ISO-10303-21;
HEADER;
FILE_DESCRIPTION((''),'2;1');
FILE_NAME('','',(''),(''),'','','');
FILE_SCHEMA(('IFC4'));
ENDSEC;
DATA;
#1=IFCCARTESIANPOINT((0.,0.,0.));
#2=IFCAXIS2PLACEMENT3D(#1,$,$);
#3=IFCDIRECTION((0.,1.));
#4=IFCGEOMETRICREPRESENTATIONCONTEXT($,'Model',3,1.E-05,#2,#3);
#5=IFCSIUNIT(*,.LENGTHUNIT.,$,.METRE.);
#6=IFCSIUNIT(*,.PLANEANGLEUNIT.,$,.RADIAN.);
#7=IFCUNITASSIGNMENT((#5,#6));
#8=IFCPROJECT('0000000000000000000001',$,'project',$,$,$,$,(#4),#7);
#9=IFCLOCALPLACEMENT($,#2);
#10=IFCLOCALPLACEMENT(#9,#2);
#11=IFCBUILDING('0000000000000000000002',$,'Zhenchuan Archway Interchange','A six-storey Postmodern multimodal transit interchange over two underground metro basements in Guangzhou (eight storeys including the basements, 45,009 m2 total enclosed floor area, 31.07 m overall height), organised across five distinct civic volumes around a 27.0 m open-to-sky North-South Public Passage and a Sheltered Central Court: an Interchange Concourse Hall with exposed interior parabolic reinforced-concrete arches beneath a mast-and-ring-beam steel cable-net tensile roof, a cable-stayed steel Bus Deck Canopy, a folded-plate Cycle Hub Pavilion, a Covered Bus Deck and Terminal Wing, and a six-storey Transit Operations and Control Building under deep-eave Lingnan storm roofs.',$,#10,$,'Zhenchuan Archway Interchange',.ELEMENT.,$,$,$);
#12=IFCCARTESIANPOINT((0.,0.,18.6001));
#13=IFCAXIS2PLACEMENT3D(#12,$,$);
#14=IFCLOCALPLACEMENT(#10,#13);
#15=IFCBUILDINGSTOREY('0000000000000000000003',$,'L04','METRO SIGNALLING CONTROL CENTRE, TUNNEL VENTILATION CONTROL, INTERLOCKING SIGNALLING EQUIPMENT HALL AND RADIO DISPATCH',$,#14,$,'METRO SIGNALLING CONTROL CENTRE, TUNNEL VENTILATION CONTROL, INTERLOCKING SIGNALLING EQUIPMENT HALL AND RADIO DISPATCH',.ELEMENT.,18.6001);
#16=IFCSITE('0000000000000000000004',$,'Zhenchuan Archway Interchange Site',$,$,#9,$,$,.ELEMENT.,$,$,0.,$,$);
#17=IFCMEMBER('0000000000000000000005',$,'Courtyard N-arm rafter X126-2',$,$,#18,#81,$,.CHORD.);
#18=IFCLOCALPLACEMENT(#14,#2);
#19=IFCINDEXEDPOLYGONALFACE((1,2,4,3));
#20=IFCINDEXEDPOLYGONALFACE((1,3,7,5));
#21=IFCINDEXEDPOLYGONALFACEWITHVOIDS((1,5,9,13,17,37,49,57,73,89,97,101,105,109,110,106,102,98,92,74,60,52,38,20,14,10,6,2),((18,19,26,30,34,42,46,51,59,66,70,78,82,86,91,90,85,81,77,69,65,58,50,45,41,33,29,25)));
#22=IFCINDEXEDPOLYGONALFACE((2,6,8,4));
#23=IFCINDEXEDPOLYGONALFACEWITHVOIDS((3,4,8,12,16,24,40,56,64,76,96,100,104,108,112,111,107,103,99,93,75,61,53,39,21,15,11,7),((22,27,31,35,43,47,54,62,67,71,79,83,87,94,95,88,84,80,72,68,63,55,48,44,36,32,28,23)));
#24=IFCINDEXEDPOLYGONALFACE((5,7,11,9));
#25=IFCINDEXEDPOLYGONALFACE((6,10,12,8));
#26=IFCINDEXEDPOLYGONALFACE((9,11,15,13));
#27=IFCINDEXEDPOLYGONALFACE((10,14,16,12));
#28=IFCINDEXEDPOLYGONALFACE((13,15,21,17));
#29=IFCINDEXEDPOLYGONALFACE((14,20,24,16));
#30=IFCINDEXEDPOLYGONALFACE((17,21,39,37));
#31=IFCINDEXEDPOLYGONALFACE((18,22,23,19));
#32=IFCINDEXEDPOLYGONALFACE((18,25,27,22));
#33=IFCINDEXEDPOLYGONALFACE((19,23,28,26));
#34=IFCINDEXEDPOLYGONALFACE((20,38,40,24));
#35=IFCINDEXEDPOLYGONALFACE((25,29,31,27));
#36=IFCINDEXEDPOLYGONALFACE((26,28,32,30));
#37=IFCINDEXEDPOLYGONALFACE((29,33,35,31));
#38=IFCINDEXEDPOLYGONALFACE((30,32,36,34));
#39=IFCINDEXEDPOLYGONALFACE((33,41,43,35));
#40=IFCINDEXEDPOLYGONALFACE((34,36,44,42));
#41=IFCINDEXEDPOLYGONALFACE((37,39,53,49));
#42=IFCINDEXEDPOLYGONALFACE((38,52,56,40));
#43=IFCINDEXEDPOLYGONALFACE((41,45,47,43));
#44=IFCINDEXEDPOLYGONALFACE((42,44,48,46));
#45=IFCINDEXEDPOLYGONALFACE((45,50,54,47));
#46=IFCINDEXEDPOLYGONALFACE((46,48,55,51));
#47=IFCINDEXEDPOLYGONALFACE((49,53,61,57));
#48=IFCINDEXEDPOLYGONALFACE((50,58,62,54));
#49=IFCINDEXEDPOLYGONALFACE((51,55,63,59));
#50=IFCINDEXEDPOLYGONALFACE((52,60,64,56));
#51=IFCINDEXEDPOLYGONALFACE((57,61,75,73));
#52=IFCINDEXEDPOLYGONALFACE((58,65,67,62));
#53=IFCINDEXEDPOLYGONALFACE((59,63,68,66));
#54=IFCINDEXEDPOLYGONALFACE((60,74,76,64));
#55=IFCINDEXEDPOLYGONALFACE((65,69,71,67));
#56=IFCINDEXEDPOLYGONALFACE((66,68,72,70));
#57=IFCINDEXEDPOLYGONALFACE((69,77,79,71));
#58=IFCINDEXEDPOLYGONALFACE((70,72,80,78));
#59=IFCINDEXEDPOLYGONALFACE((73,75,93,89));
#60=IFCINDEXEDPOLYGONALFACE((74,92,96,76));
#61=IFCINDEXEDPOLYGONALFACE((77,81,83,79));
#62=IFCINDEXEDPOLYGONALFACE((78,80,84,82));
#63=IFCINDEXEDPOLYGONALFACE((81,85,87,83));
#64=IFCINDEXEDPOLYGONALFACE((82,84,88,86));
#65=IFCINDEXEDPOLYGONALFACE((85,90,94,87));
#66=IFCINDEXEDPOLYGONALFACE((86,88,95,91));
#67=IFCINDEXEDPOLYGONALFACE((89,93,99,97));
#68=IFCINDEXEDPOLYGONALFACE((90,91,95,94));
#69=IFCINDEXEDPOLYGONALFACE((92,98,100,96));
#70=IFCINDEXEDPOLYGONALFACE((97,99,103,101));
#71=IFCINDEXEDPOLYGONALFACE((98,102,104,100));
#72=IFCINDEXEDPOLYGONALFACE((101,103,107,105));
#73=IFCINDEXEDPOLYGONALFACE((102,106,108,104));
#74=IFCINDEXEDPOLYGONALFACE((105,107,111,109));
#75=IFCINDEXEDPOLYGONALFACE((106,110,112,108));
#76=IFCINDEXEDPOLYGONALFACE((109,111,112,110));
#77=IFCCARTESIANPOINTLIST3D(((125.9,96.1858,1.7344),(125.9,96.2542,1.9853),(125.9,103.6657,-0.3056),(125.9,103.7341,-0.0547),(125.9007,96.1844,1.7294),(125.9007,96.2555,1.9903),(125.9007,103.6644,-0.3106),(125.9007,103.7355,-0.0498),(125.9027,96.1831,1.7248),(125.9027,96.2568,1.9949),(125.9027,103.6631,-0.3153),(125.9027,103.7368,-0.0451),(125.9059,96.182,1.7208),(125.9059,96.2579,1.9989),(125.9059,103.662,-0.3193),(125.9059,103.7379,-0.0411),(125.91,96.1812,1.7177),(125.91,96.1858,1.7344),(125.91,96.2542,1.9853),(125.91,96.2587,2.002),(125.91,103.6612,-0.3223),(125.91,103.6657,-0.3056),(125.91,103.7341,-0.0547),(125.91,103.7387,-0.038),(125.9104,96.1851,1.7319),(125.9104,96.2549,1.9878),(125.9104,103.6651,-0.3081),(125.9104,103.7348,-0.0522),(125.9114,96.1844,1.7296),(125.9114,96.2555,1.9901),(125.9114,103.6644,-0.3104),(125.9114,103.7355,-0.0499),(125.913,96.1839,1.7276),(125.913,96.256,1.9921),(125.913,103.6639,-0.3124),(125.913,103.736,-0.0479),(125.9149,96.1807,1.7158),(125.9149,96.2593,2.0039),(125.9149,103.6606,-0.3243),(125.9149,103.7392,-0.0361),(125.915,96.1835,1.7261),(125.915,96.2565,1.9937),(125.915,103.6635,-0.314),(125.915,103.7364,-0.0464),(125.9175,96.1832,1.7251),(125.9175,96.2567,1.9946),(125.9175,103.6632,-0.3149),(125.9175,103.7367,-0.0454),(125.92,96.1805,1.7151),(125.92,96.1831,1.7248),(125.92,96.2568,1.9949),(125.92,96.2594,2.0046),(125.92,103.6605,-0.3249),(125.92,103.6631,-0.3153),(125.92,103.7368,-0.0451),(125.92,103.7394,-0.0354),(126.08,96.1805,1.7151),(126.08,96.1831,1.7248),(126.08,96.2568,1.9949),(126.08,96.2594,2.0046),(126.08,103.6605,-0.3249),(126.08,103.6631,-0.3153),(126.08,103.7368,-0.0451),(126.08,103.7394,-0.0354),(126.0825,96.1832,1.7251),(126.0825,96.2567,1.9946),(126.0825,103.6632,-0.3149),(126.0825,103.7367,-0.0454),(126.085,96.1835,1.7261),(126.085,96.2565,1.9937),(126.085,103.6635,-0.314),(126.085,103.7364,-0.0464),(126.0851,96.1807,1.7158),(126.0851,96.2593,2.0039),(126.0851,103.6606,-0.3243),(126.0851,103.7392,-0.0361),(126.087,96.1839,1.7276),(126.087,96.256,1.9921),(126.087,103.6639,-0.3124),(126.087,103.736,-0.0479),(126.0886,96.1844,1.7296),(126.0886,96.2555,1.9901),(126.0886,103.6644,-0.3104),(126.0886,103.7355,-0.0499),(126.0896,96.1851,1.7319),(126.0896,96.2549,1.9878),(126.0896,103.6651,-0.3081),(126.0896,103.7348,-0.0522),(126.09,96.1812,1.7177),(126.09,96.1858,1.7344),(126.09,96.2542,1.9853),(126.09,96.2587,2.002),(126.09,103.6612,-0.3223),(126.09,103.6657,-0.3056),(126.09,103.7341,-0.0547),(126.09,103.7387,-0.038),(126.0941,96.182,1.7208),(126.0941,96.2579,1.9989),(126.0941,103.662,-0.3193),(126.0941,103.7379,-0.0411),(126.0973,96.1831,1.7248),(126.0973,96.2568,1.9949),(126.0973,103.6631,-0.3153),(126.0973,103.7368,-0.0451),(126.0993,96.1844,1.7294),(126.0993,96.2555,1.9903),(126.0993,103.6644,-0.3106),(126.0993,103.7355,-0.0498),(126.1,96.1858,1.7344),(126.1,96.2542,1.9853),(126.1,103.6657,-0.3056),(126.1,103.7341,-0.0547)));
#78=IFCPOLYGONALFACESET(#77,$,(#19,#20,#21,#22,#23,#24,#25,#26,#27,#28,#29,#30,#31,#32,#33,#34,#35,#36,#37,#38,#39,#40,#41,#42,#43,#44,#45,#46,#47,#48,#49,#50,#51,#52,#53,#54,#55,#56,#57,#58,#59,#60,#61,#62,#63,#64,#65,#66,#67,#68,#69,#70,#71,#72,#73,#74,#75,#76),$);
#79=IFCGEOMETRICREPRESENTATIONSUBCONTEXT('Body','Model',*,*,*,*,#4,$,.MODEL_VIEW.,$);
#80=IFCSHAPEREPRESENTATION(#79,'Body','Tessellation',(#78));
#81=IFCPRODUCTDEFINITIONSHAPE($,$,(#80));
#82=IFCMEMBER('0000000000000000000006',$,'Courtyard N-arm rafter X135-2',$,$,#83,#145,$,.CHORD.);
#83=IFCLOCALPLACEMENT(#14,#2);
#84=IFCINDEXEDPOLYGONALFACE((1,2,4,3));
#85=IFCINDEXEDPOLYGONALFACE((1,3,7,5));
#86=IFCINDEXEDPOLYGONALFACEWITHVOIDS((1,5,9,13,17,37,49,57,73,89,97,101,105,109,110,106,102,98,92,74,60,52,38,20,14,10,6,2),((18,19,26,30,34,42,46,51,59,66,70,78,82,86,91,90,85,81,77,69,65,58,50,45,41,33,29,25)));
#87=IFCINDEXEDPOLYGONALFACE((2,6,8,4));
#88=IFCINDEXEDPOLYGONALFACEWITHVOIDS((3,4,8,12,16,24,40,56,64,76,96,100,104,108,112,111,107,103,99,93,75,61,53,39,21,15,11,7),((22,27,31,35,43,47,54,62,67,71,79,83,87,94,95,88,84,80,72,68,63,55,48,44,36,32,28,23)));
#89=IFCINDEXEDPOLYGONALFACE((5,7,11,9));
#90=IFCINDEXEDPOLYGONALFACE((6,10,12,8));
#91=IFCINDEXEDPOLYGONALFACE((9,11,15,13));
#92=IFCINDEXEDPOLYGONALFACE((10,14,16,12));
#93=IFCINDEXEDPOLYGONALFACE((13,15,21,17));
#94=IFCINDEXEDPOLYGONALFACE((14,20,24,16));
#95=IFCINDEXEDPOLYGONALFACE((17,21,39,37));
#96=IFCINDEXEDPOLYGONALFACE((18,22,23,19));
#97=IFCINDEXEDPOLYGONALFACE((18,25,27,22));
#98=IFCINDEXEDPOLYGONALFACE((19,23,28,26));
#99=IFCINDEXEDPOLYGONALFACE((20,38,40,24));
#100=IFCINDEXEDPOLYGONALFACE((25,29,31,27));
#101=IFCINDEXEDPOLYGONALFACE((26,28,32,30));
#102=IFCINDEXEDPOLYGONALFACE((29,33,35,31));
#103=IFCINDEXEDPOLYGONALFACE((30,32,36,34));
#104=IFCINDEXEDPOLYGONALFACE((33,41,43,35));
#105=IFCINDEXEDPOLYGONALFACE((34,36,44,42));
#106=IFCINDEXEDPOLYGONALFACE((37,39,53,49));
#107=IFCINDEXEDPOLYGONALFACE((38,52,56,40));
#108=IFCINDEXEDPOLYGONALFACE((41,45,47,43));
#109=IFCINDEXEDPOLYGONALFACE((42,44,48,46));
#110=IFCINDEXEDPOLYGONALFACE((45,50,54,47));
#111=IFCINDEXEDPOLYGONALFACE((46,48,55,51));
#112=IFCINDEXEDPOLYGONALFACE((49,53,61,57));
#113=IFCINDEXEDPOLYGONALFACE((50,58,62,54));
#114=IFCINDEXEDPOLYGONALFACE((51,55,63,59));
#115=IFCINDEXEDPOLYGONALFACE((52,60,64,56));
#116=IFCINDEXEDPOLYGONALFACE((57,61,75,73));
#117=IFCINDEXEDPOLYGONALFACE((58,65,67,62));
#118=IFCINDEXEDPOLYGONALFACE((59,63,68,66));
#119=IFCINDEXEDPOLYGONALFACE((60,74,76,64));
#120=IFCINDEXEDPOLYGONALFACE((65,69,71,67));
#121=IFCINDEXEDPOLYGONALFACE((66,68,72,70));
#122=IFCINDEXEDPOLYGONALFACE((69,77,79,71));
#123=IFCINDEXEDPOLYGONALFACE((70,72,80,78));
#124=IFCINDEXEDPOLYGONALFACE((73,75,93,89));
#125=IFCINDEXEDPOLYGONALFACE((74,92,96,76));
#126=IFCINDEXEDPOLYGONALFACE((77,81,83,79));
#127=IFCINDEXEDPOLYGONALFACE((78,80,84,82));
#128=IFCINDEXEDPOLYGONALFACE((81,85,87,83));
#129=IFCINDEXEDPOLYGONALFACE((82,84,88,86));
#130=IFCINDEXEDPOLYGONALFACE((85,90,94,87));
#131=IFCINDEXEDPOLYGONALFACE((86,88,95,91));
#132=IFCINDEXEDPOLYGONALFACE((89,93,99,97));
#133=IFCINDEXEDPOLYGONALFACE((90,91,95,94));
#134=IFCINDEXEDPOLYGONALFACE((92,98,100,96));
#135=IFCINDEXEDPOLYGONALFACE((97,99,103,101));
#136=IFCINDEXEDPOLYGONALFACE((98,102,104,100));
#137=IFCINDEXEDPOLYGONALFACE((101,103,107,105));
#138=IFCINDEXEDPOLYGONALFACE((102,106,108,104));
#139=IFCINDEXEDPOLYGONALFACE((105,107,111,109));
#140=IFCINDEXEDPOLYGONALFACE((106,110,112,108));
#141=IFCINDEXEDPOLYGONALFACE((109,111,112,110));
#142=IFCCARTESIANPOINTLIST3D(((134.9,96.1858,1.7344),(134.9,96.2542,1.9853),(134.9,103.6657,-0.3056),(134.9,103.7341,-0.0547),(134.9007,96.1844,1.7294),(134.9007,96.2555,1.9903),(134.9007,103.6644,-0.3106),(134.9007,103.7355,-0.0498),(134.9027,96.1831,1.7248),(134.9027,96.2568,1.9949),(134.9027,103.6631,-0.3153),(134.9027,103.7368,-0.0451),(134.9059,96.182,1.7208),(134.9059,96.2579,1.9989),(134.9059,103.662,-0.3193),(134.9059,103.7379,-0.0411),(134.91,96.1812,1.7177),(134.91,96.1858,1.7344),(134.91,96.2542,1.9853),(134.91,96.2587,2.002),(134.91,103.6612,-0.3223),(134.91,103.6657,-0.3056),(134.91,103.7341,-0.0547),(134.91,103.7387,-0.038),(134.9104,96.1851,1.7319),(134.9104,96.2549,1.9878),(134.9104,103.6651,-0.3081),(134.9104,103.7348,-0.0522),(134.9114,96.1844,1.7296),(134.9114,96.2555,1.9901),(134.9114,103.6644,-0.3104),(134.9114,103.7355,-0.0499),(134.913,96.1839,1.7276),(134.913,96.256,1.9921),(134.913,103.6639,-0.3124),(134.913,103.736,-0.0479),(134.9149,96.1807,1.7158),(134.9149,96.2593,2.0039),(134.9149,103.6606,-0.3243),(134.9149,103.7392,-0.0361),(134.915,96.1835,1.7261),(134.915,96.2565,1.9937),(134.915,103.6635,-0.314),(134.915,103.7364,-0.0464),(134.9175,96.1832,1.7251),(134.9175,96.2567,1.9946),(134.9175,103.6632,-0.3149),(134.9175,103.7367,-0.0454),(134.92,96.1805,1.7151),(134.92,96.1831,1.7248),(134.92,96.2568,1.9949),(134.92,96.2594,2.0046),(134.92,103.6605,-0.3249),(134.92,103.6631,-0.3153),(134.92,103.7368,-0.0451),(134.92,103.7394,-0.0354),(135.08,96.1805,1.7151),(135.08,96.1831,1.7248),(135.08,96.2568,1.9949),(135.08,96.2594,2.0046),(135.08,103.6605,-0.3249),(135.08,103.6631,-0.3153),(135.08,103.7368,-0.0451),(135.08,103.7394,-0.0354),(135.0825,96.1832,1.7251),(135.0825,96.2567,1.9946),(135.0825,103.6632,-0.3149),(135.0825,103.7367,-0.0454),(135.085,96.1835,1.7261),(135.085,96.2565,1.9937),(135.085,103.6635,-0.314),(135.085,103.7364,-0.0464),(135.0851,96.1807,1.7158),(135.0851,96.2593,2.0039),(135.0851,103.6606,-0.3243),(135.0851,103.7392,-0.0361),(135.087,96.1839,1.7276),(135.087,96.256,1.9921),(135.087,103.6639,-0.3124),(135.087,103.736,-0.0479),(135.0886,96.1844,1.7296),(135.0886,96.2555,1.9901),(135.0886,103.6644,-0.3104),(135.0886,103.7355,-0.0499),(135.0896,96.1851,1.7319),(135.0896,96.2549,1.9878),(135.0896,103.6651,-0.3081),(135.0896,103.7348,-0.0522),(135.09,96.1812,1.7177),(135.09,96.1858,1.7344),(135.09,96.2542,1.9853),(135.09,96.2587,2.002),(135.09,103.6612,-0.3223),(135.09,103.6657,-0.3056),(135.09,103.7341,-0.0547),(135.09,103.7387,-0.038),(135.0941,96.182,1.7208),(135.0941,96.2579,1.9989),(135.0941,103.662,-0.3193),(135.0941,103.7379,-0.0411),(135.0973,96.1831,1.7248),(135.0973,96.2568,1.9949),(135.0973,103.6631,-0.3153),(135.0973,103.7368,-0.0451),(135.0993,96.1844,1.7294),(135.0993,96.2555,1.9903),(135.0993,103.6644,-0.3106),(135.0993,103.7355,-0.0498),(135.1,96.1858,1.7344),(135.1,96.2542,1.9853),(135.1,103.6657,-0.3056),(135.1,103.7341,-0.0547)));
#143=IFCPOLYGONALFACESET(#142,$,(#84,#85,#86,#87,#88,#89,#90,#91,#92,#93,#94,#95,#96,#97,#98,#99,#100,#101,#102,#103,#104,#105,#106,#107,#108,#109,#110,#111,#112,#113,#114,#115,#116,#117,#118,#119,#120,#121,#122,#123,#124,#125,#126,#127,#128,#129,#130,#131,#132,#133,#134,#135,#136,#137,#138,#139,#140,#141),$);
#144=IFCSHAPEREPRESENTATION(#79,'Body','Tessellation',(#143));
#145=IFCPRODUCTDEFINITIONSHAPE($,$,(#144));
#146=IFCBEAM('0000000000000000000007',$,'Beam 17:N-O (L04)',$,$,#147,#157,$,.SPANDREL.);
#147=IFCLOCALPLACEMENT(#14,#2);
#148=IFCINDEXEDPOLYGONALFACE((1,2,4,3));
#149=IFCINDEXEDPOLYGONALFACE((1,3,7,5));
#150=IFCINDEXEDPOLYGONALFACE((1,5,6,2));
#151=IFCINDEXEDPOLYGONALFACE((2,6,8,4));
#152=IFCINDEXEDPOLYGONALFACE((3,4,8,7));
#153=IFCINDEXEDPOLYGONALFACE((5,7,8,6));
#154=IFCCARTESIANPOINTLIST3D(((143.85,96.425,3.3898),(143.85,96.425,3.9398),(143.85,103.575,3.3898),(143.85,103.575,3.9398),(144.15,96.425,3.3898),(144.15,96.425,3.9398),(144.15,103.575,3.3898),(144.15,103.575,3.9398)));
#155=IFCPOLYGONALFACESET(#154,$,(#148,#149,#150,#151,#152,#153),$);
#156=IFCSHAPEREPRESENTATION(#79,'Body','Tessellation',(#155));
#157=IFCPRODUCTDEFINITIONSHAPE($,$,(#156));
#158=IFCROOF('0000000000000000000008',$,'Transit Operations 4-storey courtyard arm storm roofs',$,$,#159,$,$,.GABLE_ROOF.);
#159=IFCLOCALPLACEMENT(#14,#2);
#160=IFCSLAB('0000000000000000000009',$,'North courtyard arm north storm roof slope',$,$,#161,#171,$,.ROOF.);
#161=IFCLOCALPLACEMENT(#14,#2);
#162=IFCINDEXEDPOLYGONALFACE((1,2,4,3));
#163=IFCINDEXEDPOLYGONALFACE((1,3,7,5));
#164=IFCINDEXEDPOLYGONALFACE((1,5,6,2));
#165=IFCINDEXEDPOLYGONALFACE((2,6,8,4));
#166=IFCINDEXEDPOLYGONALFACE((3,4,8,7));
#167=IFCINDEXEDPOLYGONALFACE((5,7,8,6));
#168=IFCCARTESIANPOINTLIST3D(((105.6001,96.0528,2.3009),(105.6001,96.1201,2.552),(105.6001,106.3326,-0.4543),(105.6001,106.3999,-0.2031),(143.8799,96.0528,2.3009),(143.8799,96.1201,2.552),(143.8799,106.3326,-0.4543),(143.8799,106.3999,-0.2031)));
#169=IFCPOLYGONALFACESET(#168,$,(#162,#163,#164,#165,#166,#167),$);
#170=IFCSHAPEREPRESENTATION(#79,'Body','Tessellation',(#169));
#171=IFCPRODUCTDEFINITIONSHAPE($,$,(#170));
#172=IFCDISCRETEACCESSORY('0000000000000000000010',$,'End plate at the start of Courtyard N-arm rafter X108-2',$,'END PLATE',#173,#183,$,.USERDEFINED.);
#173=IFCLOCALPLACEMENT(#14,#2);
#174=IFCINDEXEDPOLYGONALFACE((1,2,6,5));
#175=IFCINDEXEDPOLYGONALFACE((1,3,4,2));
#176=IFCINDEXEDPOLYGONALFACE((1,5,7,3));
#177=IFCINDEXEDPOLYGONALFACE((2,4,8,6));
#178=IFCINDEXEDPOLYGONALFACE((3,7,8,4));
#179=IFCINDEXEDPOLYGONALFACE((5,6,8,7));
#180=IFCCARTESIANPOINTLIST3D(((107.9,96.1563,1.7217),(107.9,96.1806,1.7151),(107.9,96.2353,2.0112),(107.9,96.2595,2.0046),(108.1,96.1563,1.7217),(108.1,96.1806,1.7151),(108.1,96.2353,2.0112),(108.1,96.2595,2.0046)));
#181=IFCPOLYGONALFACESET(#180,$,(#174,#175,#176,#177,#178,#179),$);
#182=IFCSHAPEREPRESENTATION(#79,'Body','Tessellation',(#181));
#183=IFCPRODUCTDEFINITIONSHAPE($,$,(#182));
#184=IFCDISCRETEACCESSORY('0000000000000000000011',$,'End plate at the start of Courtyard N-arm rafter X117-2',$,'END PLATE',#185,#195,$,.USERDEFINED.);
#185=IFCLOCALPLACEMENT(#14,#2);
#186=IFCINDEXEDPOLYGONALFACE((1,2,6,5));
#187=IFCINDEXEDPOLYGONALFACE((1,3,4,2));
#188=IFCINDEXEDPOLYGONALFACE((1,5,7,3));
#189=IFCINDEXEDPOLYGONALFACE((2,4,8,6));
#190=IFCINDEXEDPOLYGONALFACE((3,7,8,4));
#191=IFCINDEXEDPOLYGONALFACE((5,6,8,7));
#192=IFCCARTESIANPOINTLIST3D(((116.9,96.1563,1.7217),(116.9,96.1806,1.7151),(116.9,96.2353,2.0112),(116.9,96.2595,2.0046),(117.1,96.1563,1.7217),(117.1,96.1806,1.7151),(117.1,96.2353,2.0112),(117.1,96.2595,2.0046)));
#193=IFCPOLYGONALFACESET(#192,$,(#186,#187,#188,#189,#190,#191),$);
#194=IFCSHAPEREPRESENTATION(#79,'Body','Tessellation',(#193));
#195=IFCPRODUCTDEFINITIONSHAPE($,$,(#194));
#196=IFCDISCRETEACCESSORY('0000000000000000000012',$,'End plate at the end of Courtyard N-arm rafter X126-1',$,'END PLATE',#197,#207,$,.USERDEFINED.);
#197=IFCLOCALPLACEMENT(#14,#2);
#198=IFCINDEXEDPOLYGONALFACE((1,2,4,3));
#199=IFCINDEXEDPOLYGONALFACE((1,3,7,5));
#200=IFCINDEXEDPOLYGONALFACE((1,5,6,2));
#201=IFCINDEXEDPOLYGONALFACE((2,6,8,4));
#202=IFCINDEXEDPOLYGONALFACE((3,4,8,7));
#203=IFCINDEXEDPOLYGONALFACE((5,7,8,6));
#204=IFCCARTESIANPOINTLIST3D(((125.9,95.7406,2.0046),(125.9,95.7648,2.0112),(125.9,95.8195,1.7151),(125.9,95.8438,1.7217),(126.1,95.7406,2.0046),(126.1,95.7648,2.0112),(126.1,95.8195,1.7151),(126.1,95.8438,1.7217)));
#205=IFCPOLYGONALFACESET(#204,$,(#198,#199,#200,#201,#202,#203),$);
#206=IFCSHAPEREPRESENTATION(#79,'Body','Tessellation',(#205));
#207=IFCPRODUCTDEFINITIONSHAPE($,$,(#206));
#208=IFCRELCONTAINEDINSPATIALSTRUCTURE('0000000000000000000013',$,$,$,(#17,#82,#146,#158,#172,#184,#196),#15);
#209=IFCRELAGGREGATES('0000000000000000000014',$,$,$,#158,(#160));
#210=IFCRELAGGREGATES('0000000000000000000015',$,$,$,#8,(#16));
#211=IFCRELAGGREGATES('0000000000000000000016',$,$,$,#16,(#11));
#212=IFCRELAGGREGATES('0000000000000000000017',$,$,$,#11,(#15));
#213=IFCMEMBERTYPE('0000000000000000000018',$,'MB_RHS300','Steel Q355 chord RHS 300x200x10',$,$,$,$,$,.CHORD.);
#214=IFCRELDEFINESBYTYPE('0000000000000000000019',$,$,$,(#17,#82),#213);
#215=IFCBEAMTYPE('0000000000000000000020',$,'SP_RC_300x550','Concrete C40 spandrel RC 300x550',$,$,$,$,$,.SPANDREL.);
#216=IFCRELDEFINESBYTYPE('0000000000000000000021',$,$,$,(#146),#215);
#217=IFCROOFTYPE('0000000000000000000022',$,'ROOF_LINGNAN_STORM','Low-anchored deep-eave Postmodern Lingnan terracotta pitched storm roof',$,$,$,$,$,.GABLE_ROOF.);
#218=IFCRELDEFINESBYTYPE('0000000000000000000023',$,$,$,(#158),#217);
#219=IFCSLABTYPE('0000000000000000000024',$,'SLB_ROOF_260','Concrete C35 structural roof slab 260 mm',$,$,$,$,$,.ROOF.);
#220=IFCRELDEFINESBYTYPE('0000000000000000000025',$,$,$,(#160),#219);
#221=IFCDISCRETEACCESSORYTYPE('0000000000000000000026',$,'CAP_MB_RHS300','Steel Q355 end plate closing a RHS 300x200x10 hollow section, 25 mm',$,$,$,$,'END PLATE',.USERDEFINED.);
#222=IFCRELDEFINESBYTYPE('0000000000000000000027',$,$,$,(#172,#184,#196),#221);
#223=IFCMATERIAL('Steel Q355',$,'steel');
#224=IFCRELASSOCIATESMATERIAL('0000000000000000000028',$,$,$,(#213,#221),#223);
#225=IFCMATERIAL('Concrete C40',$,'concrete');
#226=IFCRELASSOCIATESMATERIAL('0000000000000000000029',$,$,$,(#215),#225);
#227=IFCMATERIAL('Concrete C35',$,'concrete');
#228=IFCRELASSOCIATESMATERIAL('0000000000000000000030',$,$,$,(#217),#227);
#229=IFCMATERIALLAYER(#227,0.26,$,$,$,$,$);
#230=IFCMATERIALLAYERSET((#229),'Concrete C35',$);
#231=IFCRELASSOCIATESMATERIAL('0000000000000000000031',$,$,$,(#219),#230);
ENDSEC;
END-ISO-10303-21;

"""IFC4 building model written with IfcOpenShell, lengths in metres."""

from ifc_helpers import new_model, si_unit, direction, frame, origin, origin_2d, place, context, subcontext, project, spatial, polyline, rectangle, hollow_rectangle, outline, extrude, material, layer, layer_set, material_profile, profile_set, type_object, element, aggregate, save


model = new_model("IFC4")

# Units and contexts
model_context = context("Model", 3, precision=1e-05, world=origin(), true_north=direction((0.0, 1.0)))
body_context = subcontext(model_context, "Body", "Model", "MODEL_VIEW")
ifc_project = project(units=[si_unit("LENGTHUNIT", "METRE"), si_unit("PLANEANGLEUNIT", "RADIAN")], contexts=[model_context])

# Site, building, storey
site_placement = place(None, origin())
site = spatial("IfcSite", under=ifc_project, at=site_placement, Name="Zhenchuan Archway Interchange Site", CompositionType="ELEMENT", RefElevation=0.0)
building_placement = place(site_placement, origin())
building = spatial("IfcBuilding", under=site, at=building_placement, Name="Zhenchuan Archway Interchange", Description="A six-storey Postmodern multimodal transit interchange over two underground metro basements in Guangzhou (eight storeys including the basements, 45,009 m2 total enclosed floor area, 31.07 m overall height), organised across five distinct civic volumes around a 27.0 m open-to-sky North-South Public Passage and a Sheltered Central Court: an Interchange Concourse Hall with exposed interior parabolic reinforced-concrete arches beneath a mast-and-ring-beam steel cable-net tensile roof, a cable-stayed steel Bus Deck Canopy, a folded-plate Cycle Hub Pavilion, a Covered Bus Deck and Terminal Wing, and a six-storey Transit Operations and Control Building under deep-eave Lingnan storm roofs.", LongName="Zhenchuan Archway Interchange", CompositionType="ELEMENT")
storey_placement = place(building_placement, frame((0.0, 0.0, 18.6001)))
storey = spatial("IfcBuildingStorey", under=building, at=storey_placement, Name="L04", Description="METRO SIGNALLING CONTROL CENTRE, TUNNEL VENTILATION CONTROL, INTERLOCKING SIGNALLING EQUIPMENT HALL AND RADIO DISPATCH", LongName="METRO SIGNALLING CONTROL CENTRE, TUNNEL VENTILATION CONTROL, INTERLOCKING SIGNALLING EQUIPMENT HALL AND RADIO DISPATCH", CompositionType="ELEMENT", Elevation=18.6001)

# Shared definitions
ifc_material_1 = material(Name="Concrete C40", Category="concrete")
ifc_material_2 = material(Name="Steel Q355", Category="steel")

# Members
ifc_material_profile_1 = material_profile(ifc_material_2, hollow_rectangle(XDim=0.2, YDim=0.3, WallThickness=0.01, InnerFilletRadius=0.01, OuterFilletRadius=0.02, at=origin_2d()), Name="RHS 300x200x10")
ifc_profile_set_1 = profile_set([ifc_material_profile_1], Name="Steel Q355")
member_type = type_object("IfcMemberType", Name="MB_RHS300", Description="Steel Q355 chord RHS 300x200x10", PredefinedType="CHORD", material=ifc_profile_set_1)
for number, where, z_axis, x_axis, name in (
    (1, (126.0, 96.22, 1.8599), (0.0, 0.964762, -0.263123), (-1.0, 0.0, 0.0), "Courtyard N-arm rafter X126-2"),
    (2, (135.0, 96.22, 1.8599), (0.0, 0.964762, -0.263123), (-1.0, 0.0, 0.0), "Courtyard N-arm rafter X135-2"),
):
    element("IfcMember", number, at=place(storey_placement, frame(where, z_axis=z_axis, x_axis=x_axis)), inside=storey, type_object=member_type, Name=name, PredefinedType="CHORD", context=body_context, shape_type="SweptSolid", body=[
        extrude(hollow_rectangle(XDim=0.2, YDim=0.3, WallThickness=0.01, InnerFilletRadius=0.01, OuterFilletRadius=0.02, at=origin_2d()), origin(), (0.0, 0.0, 1.0), 7.7532),
    ])

# Beam
ifc_material_profile_2 = material_profile(ifc_material_1, rectangle(XDim=0.3, YDim=0.55, at=origin_2d()), Name="RC 300x550")
ifc_profile_set_2 = profile_set([ifc_material_profile_2], Name="Concrete C40")
beam_type_1 = type_object("IfcBeamType", Name="SP_RC_300x550", Description="Concrete C40 spandrel RC 300x550", PredefinedType="SPANDREL", material=ifc_profile_set_2)
beam_placement = place(storey_placement, frame((144.0, 96.425, 3.6648), z_axis=(0.0, 1.0, 0.0), x_axis=(-1.0, 0.0, 0.0)))
element("IfcBeam", 3, at=beam_placement, inside=storey, type_object=beam_type_1, Name="Beam 17:N-O (L04)", PredefinedType="SPANDREL", context=body_context, shape_type="SweptSolid", body=[
    extrude(rectangle(XDim=0.3, YDim=0.55, at=origin_2d()), origin(), (0.0, 0.0, 1.0), 7.1499),
])

# Roof, slab
ifc_material_3 = material(Name="Concrete C35", Category="concrete")
roof_type = type_object("IfcRoofType", Name="ROOF_LINGNAN_STORM", Description="Low-anchored deep-eave Postmodern Lingnan terracotta pitched storm roof", PredefinedType="GABLE_ROOF", material=ifc_material_3)
roof_placement = place(storey_placement, origin())
roof = element("IfcRoof", 4, at=roof_placement, inside=storey, type_object=roof_type, Name="Transit Operations 4-storey courtyard arm storm roofs", PredefinedType="GABLE_ROOF")
ifc_layer = layer(ifc_material_3, 0.26)
ifc_layer_set = layer_set([ifc_layer], Name="Concrete C35")
slab_type = type_object("IfcSlabType", Name="SLB_ROOF_260", Description="Concrete C35 structural roof slab 260 mm", PredefinedType="ROOF", material=ifc_layer_set)
slab_placement = place(storey_placement, frame((105.6001, 96.1201, 2.552), z_axis=(0.0, 0.258878, 0.96591), x_axis=(1.0, 0.0, 0.0)))
slab = element("IfcSlab", 5, at=slab_placement, type_object=slab_type, Name="North courtyard arm north storm roof slope", PredefinedType="ROOF", context=body_context, shape_type="SweptSolid", body=[
    extrude(outline(polyline([(0.0, 0.0), (38.2798, 0.0), (38.2798, 10.6426), (0.0, 10.6426), (0.0, 0.0)])), origin(), (0.0, 0.0, -1.0), 0.26),
])
aggregate(roof, [slab])

# Discrete accessories
discrete_accessory_type = type_object("IfcDiscreteAccessoryType", Name="CAP_MB_RHS300", Description="Steel Q355 end plate closing a RHS 300x200x10 hollow section, 25 mm", ElementType="END PLATE", PredefinedType="USERDEFINED", material=ifc_material_2)
for number, where, z_axis, x_axis, name in (
    (6, (108.0, 96.1958, 1.8665), (0.0, 0.964764, -0.263117), (-1.0, 0.0, 0.0), "End plate at the start of Courtyard N-arm rafter X108-2"),
    (7, (117.0, 96.1958, 1.8665), (0.0, 0.964764, -0.263117), (-1.0, 0.0, 0.0), "End plate at the start of Courtyard N-arm rafter X117-2"),
    (8, (126.0, 95.78, 1.8599), (0.0, 0.964764, 0.263117), (-1.0, 0.0, 0.0), "End plate at the end of Courtyard N-arm rafter X126-1"),
):
    element("IfcDiscreteAccessory", number, at=place(storey_placement, frame(where, z_axis=z_axis, x_axis=x_axis)), inside=storey, type_object=discrete_accessory_type, Name=name, ObjectType="END PLATE", PredefinedType="USERDEFINED", context=body_context, shape_type="SweptSolid", body=[
        extrude(rectangle(XDim=0.2, YDim=0.3, at=origin_2d()), origin(), (0.0, 0.0, 1.0), 0.0251),
    ])

save(model, "model.ifc")
